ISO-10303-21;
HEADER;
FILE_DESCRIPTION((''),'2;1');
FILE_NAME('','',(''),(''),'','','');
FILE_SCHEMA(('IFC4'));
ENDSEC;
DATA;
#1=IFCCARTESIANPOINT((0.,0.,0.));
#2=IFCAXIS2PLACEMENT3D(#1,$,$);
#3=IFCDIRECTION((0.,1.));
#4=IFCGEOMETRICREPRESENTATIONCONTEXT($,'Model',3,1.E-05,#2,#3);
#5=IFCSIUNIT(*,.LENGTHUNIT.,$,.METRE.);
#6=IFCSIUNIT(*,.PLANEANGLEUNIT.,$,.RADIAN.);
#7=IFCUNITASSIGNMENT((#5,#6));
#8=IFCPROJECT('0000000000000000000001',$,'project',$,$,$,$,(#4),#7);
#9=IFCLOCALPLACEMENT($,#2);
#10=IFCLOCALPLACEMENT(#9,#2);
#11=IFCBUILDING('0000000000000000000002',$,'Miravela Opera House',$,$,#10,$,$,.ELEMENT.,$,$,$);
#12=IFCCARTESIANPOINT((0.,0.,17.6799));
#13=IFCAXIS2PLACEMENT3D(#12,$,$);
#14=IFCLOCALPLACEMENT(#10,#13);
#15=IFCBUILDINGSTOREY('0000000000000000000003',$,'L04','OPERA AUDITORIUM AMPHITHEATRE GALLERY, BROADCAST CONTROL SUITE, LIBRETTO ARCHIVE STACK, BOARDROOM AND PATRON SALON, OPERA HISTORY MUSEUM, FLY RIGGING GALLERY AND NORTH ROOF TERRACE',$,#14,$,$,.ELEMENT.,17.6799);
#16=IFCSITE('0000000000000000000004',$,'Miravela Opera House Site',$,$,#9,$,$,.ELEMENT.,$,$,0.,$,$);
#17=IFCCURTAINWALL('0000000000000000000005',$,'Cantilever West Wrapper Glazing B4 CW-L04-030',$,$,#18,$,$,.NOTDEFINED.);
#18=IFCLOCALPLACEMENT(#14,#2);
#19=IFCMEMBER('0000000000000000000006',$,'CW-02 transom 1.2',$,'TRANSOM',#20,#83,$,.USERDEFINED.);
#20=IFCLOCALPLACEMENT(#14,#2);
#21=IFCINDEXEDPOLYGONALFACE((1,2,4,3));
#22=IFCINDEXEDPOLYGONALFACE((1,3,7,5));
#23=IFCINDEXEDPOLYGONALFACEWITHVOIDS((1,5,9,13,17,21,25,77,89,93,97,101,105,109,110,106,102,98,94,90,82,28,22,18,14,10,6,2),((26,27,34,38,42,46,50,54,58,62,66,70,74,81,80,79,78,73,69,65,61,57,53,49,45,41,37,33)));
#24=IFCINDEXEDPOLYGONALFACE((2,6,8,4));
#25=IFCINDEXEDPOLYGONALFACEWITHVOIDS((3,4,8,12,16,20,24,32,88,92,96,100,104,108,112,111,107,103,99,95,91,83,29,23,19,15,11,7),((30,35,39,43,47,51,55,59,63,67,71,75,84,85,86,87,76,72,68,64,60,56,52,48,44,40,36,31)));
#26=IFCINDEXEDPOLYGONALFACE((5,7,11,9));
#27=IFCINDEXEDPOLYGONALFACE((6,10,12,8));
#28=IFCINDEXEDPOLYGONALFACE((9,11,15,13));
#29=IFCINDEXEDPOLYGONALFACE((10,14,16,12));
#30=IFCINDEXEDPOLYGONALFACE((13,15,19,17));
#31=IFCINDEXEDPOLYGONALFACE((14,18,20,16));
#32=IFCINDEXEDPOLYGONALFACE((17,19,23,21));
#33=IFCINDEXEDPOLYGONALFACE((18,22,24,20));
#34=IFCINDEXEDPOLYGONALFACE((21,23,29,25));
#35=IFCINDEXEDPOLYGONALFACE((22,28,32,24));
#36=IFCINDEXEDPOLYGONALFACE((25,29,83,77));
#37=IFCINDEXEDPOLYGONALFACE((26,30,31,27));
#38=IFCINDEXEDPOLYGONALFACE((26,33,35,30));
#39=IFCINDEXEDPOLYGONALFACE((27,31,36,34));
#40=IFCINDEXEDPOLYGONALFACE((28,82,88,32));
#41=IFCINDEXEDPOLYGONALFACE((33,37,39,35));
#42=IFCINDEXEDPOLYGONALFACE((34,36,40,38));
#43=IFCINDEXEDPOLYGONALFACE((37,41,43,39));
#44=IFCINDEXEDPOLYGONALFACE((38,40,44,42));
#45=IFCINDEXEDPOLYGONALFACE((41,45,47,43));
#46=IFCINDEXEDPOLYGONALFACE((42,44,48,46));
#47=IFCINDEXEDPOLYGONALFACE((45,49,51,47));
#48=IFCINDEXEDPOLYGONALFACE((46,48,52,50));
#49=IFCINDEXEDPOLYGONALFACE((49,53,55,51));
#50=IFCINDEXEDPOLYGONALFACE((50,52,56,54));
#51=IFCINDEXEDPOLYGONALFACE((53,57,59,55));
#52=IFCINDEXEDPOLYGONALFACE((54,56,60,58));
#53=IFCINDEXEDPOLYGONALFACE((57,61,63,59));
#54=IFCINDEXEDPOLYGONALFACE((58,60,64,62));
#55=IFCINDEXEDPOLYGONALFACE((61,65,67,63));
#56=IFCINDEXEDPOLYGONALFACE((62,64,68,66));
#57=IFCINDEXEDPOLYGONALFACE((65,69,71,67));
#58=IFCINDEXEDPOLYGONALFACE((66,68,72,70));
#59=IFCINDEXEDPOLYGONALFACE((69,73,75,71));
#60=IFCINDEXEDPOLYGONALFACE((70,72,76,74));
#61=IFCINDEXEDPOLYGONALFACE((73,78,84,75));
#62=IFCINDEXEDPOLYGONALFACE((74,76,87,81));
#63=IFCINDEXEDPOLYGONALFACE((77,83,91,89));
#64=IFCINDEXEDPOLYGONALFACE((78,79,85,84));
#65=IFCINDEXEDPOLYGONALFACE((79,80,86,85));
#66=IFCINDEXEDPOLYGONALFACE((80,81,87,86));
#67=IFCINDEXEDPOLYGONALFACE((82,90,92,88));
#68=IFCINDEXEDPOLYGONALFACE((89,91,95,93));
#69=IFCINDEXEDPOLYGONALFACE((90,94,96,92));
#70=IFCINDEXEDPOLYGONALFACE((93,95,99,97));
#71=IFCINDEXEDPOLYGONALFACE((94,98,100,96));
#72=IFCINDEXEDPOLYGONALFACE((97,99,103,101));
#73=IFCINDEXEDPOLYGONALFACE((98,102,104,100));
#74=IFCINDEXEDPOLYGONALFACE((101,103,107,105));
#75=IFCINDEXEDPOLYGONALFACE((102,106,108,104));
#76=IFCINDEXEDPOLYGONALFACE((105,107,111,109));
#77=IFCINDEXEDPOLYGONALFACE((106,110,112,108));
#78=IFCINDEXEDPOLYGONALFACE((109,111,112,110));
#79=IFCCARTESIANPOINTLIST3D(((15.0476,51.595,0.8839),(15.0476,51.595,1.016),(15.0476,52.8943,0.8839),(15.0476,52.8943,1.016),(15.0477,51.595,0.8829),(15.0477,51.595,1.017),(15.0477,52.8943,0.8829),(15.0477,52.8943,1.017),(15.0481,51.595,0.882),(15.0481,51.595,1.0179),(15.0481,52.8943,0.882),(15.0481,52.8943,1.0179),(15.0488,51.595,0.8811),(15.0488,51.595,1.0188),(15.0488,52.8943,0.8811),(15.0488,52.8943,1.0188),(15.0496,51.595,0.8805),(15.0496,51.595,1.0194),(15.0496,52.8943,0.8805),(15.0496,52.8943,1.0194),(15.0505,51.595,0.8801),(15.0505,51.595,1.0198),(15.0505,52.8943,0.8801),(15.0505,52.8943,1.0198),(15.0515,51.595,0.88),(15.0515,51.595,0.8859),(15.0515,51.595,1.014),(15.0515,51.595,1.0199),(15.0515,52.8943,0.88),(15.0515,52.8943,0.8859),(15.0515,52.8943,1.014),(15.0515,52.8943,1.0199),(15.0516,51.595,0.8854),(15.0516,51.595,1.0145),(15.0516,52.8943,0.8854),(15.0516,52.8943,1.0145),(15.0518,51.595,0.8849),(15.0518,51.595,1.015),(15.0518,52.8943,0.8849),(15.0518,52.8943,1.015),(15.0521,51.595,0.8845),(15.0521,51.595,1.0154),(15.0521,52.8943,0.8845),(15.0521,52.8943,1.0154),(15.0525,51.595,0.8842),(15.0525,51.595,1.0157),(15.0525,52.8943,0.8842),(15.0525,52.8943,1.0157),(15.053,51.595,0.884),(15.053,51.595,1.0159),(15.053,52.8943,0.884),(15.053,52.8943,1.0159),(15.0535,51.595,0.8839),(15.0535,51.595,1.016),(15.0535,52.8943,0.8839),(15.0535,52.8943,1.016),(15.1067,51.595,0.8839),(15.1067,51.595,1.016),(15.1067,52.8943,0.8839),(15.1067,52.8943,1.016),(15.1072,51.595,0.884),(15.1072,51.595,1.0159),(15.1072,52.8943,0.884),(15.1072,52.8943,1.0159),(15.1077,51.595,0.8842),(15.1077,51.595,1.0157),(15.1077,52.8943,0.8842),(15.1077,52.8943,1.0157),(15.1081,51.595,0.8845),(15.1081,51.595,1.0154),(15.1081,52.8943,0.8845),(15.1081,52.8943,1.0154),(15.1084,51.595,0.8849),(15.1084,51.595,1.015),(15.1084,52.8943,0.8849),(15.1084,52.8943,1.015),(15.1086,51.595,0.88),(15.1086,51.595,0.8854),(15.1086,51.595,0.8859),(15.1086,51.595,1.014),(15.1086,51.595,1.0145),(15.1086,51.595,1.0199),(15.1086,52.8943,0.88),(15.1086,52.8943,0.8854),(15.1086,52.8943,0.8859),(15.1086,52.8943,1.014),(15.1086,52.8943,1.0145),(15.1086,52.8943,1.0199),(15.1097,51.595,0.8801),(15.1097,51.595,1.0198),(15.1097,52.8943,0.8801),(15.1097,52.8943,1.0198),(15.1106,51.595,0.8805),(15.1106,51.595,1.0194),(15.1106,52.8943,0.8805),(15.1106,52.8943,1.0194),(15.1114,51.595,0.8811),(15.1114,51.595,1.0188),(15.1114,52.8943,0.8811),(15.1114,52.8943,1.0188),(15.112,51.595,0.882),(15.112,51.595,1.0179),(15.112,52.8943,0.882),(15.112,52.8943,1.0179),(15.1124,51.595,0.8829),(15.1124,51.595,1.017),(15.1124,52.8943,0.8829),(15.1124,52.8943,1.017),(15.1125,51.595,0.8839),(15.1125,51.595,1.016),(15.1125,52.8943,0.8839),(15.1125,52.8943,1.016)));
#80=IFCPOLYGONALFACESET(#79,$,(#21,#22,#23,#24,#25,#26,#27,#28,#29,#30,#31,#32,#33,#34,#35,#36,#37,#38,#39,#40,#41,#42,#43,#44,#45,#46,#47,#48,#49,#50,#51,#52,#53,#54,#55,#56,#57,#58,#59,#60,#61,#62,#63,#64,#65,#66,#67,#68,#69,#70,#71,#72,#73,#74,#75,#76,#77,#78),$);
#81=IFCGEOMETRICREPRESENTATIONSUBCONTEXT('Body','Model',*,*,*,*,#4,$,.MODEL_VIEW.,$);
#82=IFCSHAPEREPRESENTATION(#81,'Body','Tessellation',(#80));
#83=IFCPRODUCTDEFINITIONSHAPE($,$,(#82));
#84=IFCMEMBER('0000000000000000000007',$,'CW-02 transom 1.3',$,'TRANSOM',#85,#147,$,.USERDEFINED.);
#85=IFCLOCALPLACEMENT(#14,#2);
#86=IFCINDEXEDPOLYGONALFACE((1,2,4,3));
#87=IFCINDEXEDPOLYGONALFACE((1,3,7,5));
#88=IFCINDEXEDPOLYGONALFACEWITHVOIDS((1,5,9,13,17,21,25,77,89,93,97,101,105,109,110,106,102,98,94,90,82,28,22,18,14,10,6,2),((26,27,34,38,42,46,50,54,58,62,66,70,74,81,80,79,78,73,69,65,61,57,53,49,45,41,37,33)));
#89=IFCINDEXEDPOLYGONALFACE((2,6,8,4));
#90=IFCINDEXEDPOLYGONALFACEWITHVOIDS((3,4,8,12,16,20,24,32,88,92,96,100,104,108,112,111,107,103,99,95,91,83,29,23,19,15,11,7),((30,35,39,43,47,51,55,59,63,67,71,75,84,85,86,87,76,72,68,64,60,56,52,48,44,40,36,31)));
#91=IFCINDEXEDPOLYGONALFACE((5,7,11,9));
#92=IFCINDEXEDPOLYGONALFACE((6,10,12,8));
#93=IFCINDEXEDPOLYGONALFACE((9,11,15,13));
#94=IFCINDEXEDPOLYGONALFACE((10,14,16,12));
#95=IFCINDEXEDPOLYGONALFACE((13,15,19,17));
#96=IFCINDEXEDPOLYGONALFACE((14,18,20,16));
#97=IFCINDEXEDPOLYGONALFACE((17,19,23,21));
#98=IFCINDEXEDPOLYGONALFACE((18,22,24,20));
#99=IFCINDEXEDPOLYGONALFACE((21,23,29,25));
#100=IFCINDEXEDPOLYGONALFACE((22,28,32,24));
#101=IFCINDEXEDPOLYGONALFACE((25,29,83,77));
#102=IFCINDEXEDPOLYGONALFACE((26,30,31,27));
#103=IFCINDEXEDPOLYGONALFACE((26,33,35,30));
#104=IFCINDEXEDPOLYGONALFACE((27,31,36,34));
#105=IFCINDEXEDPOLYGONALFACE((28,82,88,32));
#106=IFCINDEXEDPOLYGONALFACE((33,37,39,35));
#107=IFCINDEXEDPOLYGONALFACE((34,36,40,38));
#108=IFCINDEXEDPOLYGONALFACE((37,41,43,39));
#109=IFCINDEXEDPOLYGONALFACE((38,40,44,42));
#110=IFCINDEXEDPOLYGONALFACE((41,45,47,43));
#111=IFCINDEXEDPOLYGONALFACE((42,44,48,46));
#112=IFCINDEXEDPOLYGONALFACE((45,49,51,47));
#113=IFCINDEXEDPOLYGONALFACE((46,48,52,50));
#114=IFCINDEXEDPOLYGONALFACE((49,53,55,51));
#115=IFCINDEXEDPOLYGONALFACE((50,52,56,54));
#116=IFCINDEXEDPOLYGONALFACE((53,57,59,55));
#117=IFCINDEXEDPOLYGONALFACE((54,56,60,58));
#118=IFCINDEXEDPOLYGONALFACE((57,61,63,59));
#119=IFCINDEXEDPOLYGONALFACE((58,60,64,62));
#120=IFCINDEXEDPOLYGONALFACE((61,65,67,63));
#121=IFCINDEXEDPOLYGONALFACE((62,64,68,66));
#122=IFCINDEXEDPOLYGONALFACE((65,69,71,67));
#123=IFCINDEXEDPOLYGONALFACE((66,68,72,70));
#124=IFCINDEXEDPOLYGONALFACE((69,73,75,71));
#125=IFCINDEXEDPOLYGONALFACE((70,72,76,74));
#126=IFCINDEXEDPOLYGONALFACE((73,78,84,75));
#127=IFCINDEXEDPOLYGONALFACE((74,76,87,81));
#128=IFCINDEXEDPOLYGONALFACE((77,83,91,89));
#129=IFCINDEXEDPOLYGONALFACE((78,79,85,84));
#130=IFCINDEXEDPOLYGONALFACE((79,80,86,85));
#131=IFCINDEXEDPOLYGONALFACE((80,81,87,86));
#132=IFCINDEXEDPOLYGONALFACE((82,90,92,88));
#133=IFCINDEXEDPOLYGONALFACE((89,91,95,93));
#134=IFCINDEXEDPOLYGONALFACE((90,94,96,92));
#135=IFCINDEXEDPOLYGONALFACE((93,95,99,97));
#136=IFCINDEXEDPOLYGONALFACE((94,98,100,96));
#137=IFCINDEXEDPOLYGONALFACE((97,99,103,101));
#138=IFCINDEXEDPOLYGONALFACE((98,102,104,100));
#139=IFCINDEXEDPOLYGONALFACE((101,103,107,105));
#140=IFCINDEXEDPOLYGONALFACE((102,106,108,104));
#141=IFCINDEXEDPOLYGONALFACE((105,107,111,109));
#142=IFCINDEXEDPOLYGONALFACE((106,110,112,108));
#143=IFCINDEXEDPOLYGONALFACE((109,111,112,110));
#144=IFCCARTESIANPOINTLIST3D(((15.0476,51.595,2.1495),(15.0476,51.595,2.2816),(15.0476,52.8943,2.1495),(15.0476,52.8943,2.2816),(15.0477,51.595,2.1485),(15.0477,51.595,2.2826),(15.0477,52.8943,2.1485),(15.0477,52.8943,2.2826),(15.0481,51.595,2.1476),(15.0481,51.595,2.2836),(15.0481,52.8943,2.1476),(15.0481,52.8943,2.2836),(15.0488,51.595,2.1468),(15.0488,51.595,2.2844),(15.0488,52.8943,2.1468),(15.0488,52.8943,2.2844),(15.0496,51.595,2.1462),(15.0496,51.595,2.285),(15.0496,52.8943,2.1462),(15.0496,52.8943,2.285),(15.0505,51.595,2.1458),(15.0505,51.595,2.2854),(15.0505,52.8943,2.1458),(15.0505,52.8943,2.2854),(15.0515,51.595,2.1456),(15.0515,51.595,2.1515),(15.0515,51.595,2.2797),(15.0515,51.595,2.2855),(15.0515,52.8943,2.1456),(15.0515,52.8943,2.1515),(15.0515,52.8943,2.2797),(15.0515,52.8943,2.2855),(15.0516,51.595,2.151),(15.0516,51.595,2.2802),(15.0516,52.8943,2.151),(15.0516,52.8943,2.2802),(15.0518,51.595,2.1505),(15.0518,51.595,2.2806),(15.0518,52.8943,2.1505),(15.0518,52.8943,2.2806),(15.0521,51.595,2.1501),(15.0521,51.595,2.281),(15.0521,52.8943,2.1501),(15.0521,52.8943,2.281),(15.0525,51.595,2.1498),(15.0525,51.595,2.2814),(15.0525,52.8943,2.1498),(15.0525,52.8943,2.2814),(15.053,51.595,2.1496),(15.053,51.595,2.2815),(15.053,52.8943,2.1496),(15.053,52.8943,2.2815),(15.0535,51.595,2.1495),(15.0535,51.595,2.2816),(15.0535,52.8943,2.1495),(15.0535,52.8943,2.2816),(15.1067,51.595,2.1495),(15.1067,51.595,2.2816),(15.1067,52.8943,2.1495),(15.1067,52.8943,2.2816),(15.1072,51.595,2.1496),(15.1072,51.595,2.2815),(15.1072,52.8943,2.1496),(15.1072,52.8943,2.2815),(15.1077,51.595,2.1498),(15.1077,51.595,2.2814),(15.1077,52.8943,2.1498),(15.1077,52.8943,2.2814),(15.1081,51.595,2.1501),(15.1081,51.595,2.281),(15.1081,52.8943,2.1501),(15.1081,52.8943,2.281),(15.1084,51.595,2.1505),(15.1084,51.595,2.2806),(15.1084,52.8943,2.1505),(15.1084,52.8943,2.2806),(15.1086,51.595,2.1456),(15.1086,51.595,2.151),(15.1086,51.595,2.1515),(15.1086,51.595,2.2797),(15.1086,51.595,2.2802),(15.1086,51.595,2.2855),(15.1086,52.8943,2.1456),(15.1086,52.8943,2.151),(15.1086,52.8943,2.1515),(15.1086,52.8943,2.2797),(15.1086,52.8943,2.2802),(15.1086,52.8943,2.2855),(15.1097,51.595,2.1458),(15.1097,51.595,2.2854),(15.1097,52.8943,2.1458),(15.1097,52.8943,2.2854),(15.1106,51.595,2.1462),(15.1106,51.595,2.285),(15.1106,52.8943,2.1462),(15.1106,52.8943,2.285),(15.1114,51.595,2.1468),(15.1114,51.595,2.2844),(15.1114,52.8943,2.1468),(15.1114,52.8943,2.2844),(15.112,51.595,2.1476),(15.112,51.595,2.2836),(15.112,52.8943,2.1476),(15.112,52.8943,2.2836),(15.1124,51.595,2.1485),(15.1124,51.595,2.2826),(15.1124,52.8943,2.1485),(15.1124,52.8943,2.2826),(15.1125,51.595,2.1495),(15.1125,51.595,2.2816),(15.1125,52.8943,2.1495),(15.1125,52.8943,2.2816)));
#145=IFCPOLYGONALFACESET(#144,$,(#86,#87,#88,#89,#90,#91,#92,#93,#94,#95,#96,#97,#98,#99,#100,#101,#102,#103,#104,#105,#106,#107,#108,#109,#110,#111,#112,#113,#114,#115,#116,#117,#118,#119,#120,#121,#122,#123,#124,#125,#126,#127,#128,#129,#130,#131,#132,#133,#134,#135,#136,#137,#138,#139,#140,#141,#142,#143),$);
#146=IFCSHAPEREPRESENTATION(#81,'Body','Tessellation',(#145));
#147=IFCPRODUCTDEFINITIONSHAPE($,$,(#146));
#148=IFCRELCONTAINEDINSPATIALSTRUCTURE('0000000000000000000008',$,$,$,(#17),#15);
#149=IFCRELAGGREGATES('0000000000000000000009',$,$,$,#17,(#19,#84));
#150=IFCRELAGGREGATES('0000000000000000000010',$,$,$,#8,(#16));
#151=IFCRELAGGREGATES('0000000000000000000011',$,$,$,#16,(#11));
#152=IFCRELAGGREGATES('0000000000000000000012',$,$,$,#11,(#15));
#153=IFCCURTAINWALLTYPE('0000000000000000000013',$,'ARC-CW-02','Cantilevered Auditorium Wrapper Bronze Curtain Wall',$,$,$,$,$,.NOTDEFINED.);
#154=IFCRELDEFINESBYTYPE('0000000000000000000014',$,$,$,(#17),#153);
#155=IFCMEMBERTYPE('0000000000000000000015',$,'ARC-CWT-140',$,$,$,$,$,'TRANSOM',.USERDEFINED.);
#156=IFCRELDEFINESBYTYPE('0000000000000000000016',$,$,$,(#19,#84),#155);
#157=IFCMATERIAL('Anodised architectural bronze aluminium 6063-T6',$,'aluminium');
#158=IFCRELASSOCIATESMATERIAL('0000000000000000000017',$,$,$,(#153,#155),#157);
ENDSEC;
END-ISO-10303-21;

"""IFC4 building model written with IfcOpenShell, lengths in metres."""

from ifc_helpers import new_model, si_unit, direction, frame, origin, origin_2d, place, context, subcontext, project, spatial, hollow_rectangle, extrude, material, material_profile, profile_set, type_object, element, aggregate, save


model = new_model("IFC4")

# Units and contexts
model_context = context("Model", 3, precision=1e-05, world=origin(), true_north=direction((0.0, 1.0)))
body_context = subcontext(model_context, "Body", "Model", "MODEL_VIEW")
ifc_project = project(units=[si_unit("LENGTHUNIT", "METRE"), si_unit("PLANEANGLEUNIT", "RADIAN")], contexts=[model_context])

# Site, building, storey
site_placement = place(None, origin())
site = spatial("IfcSite", under=ifc_project, at=site_placement, Name="Miravela Opera House Site", CompositionType="ELEMENT", RefElevation=0.0)
building_placement = place(site_placement, origin())
building = spatial("IfcBuilding", under=site, at=building_placement, Name="Miravela Opera House", CompositionType="ELEMENT")
storey_placement = place(building_placement, frame((0.0, 0.0, 17.6799)))
storey = spatial("IfcBuildingStorey", under=building, at=storey_placement, Name="L04", Description="OPERA AUDITORIUM AMPHITHEATRE GALLERY, BROADCAST CONTROL SUITE, LIBRETTO ARCHIVE STACK, BOARDROOM AND PATRON SALON, OPERA HISTORY MUSEUM, FLY RIGGING GALLERY AND NORTH ROOF TERRACE", CompositionType="ELEMENT", Elevation=17.6799)

# Curtain wall, members
ifc_material_1 = material(Name="Anodised architectural bronze aluminium 6063-T6", Category="aluminium")
curtain_wall_type = type_object("IfcCurtainWallType", Name="ARC-CW-02", Description="Cantilevered Auditorium Wrapper Bronze Curtain Wall", PredefinedType="NOTDEFINED", material=ifc_material_1)
curtain_wall_placement = place(storey_placement, origin())
curtain_wall = element("IfcCurtainWall", 1, at=curtain_wall_placement, inside=storey, type_object=curtain_wall_type, Name="Cantilever West Wrapper Glazing B4 CW-L04-030", PredefinedType="NOTDEFINED")
ifc_material_profile_1 = material_profile(ifc_material_1, hollow_rectangle(XDim=0.0649, YDim=0.1399, WallThickness=0.0039, InnerFilletRadius=0.002, OuterFilletRadius=0.0039, at=origin_2d()), Name="CWT-65X140")
ifc_profile_set_1 = profile_set([ifc_material_profile_1])
member_type_1 = type_object("IfcMemberType", Name="ARC-CWT-140", ElementType="TRANSOM", PredefinedType="USERDEFINED", material=ifc_profile_set_1)
member_1_placement = place(storey_placement, frame((15.0801, 51.595, 0.95), z_axis=(0.0, 1.0, 0.0), x_axis=(-1.0, 0.0, 0.0)))
member_1 = element("IfcMember", 2, at=member_1_placement, type_object=member_type_1, Name="CW-02 transom 1.2", ObjectType="TRANSOM", PredefinedType="USERDEFINED", context=body_context, shape_type="SweptSolid", body=[
    extrude(hollow_rectangle(XDim=0.0649, YDim=0.1399, WallThickness=0.0039, InnerFilletRadius=0.002, OuterFilletRadius=0.0039, at=origin_2d()), origin(), (0.0, 0.0, 1.0), 1.2993),
])
member_2_placement = place(storey_placement, frame((15.0801, 51.595, 2.2156), z_axis=(0.0, 1.0, 0.0), x_axis=(-1.0, 0.0, 0.0)))
member_2 = element("IfcMember", 3, at=member_2_placement, type_object=member_type_1, Name="CW-02 transom 1.3", ObjectType="TRANSOM", PredefinedType="USERDEFINED", context=body_context, shape_type="SweptSolid", body=[
    extrude(hollow_rectangle(XDim=0.0649, YDim=0.1399, WallThickness=0.0039, InnerFilletRadius=0.002, OuterFilletRadius=0.0039, at=origin_2d()), origin(), (0.0, 0.0, 1.0), 1.2993),
])

aggregate(curtain_wall, [member_1, member_2])

save(model, "model.ifc")
